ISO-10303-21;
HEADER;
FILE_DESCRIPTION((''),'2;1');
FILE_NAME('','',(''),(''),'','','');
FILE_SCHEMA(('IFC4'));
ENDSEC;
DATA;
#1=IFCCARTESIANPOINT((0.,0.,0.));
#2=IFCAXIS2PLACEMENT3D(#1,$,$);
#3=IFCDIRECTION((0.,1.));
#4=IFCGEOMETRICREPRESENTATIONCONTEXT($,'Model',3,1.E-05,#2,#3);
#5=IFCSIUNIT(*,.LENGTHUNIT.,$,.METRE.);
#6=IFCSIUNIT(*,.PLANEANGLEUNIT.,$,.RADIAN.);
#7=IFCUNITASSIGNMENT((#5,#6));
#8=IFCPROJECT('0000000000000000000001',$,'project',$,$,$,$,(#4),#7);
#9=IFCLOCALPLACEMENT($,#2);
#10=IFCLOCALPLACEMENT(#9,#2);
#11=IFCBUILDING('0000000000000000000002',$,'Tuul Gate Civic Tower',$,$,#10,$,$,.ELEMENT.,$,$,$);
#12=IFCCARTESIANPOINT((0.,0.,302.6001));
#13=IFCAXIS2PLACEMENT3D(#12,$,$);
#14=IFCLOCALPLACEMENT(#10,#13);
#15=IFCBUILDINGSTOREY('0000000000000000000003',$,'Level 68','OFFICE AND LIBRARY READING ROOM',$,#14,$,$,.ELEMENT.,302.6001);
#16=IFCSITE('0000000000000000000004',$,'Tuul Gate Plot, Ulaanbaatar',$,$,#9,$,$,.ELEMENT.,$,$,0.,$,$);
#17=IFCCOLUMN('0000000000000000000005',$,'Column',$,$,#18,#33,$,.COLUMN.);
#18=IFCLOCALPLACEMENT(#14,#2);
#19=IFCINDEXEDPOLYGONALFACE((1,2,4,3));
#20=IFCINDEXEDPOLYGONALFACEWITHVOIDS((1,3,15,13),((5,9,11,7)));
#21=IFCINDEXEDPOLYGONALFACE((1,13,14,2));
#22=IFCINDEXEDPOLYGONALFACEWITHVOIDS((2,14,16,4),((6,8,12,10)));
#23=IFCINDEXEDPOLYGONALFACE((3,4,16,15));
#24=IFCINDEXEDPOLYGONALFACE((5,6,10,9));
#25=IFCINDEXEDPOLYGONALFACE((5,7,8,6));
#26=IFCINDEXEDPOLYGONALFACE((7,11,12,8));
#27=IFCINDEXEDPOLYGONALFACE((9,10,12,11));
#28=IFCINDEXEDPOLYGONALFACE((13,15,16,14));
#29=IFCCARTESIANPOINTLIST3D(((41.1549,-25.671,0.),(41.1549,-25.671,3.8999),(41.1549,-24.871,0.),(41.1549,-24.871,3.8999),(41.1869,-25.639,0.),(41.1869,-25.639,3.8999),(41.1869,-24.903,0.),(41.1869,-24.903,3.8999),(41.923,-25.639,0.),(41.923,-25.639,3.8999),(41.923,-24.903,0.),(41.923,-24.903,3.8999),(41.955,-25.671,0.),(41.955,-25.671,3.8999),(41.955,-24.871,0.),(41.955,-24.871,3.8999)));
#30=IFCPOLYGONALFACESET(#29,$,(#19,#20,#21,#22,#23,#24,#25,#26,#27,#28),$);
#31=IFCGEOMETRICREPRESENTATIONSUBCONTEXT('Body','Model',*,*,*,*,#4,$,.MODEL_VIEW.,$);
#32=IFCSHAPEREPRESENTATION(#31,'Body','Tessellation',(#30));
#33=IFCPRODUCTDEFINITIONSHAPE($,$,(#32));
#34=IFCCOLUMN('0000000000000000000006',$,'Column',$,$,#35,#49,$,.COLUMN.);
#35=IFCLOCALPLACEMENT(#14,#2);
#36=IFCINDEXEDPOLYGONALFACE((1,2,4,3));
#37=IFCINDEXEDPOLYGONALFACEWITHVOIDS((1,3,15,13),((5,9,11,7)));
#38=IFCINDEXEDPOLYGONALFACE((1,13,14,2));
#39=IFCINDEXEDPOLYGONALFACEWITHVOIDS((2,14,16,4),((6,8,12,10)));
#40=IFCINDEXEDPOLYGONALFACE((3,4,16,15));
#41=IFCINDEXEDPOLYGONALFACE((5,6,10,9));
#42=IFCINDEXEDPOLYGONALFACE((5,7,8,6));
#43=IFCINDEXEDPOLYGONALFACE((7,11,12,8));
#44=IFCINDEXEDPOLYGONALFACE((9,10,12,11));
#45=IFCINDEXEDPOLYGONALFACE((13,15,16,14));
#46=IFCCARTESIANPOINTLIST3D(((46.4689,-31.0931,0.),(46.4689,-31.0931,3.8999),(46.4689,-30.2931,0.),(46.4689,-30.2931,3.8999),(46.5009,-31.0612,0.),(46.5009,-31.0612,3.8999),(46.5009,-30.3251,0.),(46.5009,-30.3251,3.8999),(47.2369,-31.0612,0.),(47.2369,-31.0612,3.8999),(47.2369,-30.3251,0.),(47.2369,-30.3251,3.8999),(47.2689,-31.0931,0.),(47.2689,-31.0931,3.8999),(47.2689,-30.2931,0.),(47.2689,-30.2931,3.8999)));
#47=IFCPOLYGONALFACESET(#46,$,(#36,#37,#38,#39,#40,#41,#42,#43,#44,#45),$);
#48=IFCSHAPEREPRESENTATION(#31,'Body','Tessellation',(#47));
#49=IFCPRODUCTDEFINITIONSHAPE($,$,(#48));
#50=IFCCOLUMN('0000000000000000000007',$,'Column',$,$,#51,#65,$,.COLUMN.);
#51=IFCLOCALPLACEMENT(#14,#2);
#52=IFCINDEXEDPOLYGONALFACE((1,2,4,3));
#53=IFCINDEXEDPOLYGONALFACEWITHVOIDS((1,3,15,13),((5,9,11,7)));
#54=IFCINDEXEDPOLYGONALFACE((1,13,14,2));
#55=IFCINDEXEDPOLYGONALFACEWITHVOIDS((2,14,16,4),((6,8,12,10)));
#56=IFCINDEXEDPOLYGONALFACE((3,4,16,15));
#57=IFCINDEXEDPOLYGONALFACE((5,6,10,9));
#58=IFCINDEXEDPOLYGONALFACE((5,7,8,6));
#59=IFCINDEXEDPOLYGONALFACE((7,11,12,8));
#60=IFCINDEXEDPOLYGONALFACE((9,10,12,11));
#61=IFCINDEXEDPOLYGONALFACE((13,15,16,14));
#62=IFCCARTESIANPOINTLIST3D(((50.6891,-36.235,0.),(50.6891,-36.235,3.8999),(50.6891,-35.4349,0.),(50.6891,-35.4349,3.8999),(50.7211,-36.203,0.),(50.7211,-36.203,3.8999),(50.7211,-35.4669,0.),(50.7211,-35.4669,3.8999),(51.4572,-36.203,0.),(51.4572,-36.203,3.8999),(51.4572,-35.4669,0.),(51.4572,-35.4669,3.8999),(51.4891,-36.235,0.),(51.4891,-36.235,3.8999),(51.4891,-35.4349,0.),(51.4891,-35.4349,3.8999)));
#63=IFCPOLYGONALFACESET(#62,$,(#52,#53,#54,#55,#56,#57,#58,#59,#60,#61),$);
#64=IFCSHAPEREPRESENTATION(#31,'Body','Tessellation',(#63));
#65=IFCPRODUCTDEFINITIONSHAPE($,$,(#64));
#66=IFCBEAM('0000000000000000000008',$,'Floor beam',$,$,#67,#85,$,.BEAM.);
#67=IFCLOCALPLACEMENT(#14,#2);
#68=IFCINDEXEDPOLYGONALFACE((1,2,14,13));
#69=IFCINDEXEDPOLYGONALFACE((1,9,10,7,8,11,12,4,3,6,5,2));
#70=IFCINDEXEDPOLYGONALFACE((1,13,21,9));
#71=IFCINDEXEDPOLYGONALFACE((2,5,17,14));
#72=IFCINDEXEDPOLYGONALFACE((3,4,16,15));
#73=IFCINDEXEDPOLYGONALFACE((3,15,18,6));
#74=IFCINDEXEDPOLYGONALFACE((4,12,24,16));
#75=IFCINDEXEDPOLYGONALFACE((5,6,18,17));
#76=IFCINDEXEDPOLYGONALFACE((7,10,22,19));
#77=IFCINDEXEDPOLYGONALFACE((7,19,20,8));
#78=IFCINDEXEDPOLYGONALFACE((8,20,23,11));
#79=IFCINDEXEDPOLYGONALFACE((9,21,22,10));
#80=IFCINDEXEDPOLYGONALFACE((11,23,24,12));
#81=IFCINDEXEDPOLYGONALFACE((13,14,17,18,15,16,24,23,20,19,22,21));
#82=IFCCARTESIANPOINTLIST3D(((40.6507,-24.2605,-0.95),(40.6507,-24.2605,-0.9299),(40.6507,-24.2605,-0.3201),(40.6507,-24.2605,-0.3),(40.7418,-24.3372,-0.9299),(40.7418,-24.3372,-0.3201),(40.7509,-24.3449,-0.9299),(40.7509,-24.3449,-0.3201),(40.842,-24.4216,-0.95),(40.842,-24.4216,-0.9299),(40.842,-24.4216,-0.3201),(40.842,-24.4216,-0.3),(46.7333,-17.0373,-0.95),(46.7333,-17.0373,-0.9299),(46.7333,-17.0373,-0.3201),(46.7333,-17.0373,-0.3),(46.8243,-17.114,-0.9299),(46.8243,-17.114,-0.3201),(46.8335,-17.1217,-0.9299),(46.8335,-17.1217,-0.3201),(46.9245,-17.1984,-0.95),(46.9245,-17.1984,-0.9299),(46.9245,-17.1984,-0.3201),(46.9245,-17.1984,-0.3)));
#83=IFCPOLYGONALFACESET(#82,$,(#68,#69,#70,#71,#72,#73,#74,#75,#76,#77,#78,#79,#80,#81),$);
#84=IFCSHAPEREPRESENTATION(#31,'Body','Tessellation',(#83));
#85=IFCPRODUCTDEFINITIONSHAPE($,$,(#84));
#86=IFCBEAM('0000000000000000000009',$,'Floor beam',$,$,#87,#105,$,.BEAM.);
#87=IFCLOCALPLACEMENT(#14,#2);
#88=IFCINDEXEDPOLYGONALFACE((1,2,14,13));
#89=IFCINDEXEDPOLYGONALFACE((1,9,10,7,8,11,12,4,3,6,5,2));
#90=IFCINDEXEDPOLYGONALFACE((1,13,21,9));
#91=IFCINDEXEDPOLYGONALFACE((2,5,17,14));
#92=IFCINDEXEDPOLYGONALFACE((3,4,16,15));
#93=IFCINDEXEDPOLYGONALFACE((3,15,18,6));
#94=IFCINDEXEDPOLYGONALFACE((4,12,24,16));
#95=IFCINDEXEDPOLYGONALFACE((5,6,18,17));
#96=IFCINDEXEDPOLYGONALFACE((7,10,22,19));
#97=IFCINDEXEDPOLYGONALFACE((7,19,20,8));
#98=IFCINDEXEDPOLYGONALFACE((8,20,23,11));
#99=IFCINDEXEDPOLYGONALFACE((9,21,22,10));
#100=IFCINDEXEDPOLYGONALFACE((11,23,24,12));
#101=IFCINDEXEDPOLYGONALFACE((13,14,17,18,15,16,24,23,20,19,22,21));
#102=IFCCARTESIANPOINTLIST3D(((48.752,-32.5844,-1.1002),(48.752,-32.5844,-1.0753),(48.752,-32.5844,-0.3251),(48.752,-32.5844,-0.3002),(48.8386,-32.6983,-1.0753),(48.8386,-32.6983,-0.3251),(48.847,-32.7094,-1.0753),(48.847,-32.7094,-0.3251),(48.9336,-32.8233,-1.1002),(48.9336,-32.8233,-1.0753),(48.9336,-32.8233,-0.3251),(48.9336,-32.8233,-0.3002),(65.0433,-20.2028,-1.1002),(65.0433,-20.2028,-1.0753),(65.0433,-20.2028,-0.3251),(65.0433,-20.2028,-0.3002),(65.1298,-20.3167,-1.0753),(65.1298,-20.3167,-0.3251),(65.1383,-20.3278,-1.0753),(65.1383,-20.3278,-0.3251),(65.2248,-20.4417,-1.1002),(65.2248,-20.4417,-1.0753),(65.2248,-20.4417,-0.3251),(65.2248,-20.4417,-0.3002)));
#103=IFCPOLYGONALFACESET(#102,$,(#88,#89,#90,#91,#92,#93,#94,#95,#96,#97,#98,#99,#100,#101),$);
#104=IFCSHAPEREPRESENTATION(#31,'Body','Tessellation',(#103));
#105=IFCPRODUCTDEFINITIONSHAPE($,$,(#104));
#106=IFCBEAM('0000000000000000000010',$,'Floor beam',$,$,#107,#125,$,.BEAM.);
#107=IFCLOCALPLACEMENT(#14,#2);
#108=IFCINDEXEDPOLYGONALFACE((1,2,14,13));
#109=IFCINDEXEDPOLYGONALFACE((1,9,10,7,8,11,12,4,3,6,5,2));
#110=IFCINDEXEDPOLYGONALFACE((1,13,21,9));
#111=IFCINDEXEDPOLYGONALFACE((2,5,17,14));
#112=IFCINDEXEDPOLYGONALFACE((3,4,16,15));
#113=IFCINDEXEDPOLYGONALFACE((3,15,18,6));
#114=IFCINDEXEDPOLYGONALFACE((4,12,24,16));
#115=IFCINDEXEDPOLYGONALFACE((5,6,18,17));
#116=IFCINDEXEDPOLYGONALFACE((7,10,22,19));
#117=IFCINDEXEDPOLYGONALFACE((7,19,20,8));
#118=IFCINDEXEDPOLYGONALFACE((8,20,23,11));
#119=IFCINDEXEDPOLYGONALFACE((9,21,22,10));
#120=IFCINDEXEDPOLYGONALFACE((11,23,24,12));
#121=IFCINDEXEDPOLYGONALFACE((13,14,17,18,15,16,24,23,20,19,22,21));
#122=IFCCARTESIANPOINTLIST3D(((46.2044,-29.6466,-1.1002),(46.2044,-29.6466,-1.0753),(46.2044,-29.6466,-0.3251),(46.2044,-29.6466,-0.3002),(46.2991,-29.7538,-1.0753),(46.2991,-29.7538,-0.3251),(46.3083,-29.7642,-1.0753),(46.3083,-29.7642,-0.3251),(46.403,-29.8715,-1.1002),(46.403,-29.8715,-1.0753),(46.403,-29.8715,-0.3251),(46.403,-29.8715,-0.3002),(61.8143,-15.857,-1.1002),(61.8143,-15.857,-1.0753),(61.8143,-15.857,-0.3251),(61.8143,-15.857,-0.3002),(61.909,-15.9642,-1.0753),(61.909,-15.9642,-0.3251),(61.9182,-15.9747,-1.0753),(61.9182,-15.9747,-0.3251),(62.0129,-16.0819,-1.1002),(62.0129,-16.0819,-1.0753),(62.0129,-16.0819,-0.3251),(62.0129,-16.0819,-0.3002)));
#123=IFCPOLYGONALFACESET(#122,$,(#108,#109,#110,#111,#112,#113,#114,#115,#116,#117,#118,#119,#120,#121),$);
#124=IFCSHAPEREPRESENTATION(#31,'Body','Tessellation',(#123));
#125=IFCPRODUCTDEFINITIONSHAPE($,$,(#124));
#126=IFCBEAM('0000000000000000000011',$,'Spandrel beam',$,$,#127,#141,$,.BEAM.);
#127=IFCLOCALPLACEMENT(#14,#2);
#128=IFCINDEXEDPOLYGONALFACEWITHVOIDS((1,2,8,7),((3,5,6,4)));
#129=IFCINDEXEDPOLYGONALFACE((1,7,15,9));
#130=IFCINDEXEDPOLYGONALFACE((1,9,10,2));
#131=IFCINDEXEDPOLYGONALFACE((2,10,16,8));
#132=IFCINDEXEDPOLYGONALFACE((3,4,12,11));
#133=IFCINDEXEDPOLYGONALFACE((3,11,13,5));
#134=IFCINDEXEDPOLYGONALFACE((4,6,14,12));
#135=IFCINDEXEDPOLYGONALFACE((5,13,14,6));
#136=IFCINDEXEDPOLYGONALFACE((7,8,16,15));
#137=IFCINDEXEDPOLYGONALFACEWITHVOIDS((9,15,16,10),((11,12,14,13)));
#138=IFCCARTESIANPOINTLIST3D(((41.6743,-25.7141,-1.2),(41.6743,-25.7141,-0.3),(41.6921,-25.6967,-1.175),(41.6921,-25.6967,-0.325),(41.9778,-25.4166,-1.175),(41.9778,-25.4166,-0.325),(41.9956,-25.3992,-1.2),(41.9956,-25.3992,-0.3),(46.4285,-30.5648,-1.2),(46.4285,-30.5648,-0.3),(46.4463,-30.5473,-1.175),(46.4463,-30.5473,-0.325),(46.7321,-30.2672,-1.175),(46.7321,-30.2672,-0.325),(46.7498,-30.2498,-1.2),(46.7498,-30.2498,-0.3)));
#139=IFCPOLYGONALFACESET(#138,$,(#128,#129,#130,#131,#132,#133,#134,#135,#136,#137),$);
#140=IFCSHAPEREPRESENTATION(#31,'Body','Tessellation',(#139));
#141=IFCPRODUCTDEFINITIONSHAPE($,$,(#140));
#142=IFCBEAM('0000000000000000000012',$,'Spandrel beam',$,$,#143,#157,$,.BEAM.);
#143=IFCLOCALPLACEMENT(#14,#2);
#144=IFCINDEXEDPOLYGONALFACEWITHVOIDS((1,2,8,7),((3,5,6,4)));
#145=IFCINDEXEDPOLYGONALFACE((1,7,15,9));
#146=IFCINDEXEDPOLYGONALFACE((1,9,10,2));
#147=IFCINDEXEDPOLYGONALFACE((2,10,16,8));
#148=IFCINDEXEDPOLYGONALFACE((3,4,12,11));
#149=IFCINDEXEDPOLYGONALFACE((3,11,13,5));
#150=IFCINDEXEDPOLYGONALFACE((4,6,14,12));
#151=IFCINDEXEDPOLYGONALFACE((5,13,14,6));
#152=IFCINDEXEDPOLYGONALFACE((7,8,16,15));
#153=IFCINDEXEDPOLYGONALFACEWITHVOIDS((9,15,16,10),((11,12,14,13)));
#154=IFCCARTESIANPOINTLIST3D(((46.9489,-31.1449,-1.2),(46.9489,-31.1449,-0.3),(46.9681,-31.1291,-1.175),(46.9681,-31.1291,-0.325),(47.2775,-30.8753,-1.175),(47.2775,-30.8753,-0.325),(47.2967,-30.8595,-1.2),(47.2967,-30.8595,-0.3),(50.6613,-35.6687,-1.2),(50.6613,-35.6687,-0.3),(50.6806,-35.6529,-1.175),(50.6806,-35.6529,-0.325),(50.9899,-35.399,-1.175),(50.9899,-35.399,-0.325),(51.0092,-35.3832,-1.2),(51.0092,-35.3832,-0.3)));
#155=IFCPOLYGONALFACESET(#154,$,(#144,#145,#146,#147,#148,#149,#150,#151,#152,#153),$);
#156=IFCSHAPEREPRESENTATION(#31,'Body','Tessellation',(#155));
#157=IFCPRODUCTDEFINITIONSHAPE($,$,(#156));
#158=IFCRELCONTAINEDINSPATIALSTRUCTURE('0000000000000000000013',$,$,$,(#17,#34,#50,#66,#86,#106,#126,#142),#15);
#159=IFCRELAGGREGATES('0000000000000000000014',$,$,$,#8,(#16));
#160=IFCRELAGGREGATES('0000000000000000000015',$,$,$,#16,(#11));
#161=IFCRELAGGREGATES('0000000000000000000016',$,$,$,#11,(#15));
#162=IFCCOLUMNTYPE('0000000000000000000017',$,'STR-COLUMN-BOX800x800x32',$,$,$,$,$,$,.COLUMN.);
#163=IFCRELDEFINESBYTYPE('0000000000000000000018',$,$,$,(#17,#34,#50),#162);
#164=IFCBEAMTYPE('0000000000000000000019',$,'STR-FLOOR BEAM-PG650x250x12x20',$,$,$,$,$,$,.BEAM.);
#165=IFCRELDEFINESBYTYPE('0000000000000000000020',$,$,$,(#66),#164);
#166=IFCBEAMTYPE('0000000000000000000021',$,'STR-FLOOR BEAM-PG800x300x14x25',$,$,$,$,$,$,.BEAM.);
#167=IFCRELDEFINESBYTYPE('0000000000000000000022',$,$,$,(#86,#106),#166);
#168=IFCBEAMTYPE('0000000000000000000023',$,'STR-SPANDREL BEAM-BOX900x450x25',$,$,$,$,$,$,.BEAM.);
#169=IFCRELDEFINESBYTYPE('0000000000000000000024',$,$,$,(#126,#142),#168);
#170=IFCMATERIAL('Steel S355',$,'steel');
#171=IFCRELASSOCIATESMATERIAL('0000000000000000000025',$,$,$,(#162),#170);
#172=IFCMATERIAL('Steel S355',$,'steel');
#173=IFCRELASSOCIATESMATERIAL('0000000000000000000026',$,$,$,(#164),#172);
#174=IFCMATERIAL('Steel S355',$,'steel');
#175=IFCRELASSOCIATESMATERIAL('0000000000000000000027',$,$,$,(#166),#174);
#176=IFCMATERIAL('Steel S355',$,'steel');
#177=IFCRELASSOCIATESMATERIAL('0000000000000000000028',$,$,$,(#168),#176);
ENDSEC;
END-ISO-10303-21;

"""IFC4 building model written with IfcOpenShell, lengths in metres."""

from ifc_helpers import new_model, si_unit, direction, frame, origin, origin_2d, place, context, subcontext, project, spatial, hollow_rectangle, i_section, extrude, material, material_profile, profile_set, type_object, element, save


model = new_model("IFC4")

# Units and contexts
model_context = context("Model", 3, precision=1e-05, world=origin(), true_north=direction((0.0, 1.0)))
body_context = subcontext(model_context, "Body", "Model", "MODEL_VIEW")
ifc_project = project(units=[si_unit("LENGTHUNIT", "METRE"), si_unit("PLANEANGLEUNIT", "RADIAN")], contexts=[model_context])

# Site, building, storey
site_placement = place(None, origin())
site = spatial("IfcSite", under=ifc_project, at=site_placement, Name="Tuul Gate Plot, Ulaanbaatar", CompositionType="ELEMENT", RefElevation=0.0)
building_placement = place(site_placement, origin())
building = spatial("IfcBuilding", under=site, at=building_placement, Name="Tuul Gate Civic Tower", CompositionType="ELEMENT")
storey_placement = place(building_placement, frame((0.0, 0.0, 302.6001)))
storey = spatial("IfcBuildingStorey", under=building, at=storey_placement, Name="Level 68", Description="OFFICE AND LIBRARY READING ROOM", CompositionType="ELEMENT", Elevation=302.6001)

# Columns
ifc_material_1 = material(Name="Steel S355", Category="steel")
ifc_material_profile_1 = material_profile(ifc_material_1, hollow_rectangle(XDim=0.8, YDim=0.8, WallThickness=0.032, at=origin_2d()), Name="BOX800x800x32")
ifc_profile_set_1 = profile_set([ifc_material_profile_1], Name="Steel S355")
column_type = type_object("IfcColumnType", Name="STR-COLUMN-BOX800x800x32", PredefinedType="COLUMN", material=ifc_profile_set_1)
for number, where, z_axis, x_axis, name in (
    (1, (41.5549, -25.271, 0.0), (0.0, 0.0, 1.0), (1.0, 0.0, 0.0), "Column"),
    (2, (46.8689, -30.6931, 0.0), (0.0, 0.0, 1.0), (1.0, 0.0, 0.0), "Column"),
    (3, (51.0891, -35.835, 0.0), (0.0, 0.0, 1.0), (1.0, 0.0, 0.0), "Column"),
):
    element("IfcColumn", number, at=place(storey_placement, frame(where, z_axis=z_axis, x_axis=x_axis)), inside=storey, type_object=column_type, Name=name, PredefinedType="COLUMN", context=body_context, shape_type="SweptSolid", body=[
        extrude(hollow_rectangle(XDim=0.8, YDim=0.8, WallThickness=0.032, at=origin_2d()), origin(), (0.0, 0.0, 1.0), 3.8999),
    ])

# Beams
ifc_material_2 = material(Name="Steel S355", Category="steel")
ifc_material_profile_2 = material_profile(ifc_material_2, i_section(OverallWidth=0.25, OverallDepth=0.6499, WebThickness=0.012, FlangeThickness=0.02, at=origin_2d()), Name="PG650x250x12x20")
ifc_profile_set_2 = profile_set([ifc_material_profile_2], Name="Steel S355")
beam_type_1 = type_object("IfcBeamType", Name="STR-FLOOR BEAM-PG650x250x12x20", PredefinedType="BEAM", material=ifc_profile_set_2)
beam_1_placement = place(storey_placement, frame((40.7463, -24.3411, -0.625), z_axis=(0.644128, 0.764918, 0.0), x_axis=(-0.764918, 0.644128, 0.0)))
element("IfcBeam", 4, at=beam_1_placement, inside=storey, type_object=beam_type_1, Name="Floor beam", PredefinedType="BEAM", context=body_context, shape_type="SweptSolid", body=[
    extrude(i_section(OverallWidth=0.25, OverallDepth=0.6499, WebThickness=0.012, FlangeThickness=0.02, at=origin_2d()), origin(), (0.0, 0.0, 1.0), 9.4431),
])
ifc_material_3 = material(Name="Steel S355", Category="steel")
ifc_material_profile_3 = material_profile(ifc_material_3, i_section(OverallWidth=0.3, OverallDepth=0.8, WebThickness=0.0139, FlangeThickness=0.0249, at=origin_2d()), Name="PG800x300x14x25")
ifc_profile_set_3 = profile_set([ifc_material_profile_3], Name="Steel S355")
beam_type_2 = type_object("IfcBeamType", Name="STR-FLOOR BEAM-PG800x300x14x25", PredefinedType="BEAM", material=ifc_profile_set_3)
beam_2_placement = place(storey_placement, frame((48.8428, -32.7039, -0.7002), z_axis=(0.796157, 0.605091, 0.0), x_axis=(-0.605091, 0.796157, 0.0)))
element("IfcBeam", 5, at=beam_2_placement, inside=storey, type_object=beam_type_2, Name="Floor beam", PredefinedType="BEAM", context=body_context, shape_type="SweptSolid", body=[
    extrude(i_section(OverallWidth=0.3, OverallDepth=0.8, WebThickness=0.0139, FlangeThickness=0.0249, at=origin_2d()), origin(), (0.0, 0.0, 1.0), 20.4624),
])
beam_3_placement = place(storey_placement, frame((46.3037, -29.759, -0.7002), z_axis=(0.749453, 0.662057, 0.0), x_axis=(-0.662057, 0.749453, 0.0)))
element("IfcBeam", 6, at=beam_3_placement, inside=storey, type_object=beam_type_2, Name="Floor beam", PredefinedType="BEAM", context=body_context, shape_type="SweptSolid", body=[
    extrude(i_section(OverallWidth=0.3, OverallDepth=0.8, WebThickness=0.0139, FlangeThickness=0.0249, at=origin_2d()), origin(), (0.0, 0.0, 1.0), 20.8284),
])
ifc_material_4 = material(Name="Steel S355", Category="steel")
ifc_material_profile_4 = material_profile(ifc_material_4, hollow_rectangle(XDim=0.45, YDim=0.8999, WallThickness=0.0249, at=origin_2d()), Name="BOX900x450x25")
ifc_profile_set_4 = profile_set([ifc_material_profile_4], Name="Steel S355")
beam_type_3 = type_object("IfcBeamType", Name="STR-SPANDREL BEAM-BOX900x450x25", PredefinedType="BEAM", material=ifc_profile_set_4)
beam_4_placement = place(storey_placement, frame((41.835, -25.5566, -0.75), z_axis=(0.699972, -0.71417, 0.0), x_axis=(0.71417, 0.699972, 0.0)))
element("IfcBeam", 7, at=beam_4_placement, inside=storey, type_object=beam_type_3, Name="Spandrel beam", PredefinedType="BEAM", context=body_context, shape_type="SweptSolid", body=[
    extrude(hollow_rectangle(XDim=0.45, YDim=0.8999, WallThickness=0.0249, at=origin_2d()), origin(), (0.0, 0.0, 1.0), 6.792),
])
beam_5_placement = place(storey_placement, frame((47.1228, -31.0022, -0.75), z_axis=(0.634384, -0.773018, 0.0), x_axis=(0.773018, 0.634384, 0.0)))
element("IfcBeam", 8, at=beam_5_placement, inside=storey, type_object=beam_type_3, Name="Spandrel beam", PredefinedType="BEAM", context=body_context, shape_type="SweptSolid", body=[
    extrude(hollow_rectangle(XDim=0.45, YDim=0.8999, WallThickness=0.0249, at=origin_2d()), origin(), (0.0, 0.0, 1.0), 5.8521),
])

save(model, "model.ifc")
